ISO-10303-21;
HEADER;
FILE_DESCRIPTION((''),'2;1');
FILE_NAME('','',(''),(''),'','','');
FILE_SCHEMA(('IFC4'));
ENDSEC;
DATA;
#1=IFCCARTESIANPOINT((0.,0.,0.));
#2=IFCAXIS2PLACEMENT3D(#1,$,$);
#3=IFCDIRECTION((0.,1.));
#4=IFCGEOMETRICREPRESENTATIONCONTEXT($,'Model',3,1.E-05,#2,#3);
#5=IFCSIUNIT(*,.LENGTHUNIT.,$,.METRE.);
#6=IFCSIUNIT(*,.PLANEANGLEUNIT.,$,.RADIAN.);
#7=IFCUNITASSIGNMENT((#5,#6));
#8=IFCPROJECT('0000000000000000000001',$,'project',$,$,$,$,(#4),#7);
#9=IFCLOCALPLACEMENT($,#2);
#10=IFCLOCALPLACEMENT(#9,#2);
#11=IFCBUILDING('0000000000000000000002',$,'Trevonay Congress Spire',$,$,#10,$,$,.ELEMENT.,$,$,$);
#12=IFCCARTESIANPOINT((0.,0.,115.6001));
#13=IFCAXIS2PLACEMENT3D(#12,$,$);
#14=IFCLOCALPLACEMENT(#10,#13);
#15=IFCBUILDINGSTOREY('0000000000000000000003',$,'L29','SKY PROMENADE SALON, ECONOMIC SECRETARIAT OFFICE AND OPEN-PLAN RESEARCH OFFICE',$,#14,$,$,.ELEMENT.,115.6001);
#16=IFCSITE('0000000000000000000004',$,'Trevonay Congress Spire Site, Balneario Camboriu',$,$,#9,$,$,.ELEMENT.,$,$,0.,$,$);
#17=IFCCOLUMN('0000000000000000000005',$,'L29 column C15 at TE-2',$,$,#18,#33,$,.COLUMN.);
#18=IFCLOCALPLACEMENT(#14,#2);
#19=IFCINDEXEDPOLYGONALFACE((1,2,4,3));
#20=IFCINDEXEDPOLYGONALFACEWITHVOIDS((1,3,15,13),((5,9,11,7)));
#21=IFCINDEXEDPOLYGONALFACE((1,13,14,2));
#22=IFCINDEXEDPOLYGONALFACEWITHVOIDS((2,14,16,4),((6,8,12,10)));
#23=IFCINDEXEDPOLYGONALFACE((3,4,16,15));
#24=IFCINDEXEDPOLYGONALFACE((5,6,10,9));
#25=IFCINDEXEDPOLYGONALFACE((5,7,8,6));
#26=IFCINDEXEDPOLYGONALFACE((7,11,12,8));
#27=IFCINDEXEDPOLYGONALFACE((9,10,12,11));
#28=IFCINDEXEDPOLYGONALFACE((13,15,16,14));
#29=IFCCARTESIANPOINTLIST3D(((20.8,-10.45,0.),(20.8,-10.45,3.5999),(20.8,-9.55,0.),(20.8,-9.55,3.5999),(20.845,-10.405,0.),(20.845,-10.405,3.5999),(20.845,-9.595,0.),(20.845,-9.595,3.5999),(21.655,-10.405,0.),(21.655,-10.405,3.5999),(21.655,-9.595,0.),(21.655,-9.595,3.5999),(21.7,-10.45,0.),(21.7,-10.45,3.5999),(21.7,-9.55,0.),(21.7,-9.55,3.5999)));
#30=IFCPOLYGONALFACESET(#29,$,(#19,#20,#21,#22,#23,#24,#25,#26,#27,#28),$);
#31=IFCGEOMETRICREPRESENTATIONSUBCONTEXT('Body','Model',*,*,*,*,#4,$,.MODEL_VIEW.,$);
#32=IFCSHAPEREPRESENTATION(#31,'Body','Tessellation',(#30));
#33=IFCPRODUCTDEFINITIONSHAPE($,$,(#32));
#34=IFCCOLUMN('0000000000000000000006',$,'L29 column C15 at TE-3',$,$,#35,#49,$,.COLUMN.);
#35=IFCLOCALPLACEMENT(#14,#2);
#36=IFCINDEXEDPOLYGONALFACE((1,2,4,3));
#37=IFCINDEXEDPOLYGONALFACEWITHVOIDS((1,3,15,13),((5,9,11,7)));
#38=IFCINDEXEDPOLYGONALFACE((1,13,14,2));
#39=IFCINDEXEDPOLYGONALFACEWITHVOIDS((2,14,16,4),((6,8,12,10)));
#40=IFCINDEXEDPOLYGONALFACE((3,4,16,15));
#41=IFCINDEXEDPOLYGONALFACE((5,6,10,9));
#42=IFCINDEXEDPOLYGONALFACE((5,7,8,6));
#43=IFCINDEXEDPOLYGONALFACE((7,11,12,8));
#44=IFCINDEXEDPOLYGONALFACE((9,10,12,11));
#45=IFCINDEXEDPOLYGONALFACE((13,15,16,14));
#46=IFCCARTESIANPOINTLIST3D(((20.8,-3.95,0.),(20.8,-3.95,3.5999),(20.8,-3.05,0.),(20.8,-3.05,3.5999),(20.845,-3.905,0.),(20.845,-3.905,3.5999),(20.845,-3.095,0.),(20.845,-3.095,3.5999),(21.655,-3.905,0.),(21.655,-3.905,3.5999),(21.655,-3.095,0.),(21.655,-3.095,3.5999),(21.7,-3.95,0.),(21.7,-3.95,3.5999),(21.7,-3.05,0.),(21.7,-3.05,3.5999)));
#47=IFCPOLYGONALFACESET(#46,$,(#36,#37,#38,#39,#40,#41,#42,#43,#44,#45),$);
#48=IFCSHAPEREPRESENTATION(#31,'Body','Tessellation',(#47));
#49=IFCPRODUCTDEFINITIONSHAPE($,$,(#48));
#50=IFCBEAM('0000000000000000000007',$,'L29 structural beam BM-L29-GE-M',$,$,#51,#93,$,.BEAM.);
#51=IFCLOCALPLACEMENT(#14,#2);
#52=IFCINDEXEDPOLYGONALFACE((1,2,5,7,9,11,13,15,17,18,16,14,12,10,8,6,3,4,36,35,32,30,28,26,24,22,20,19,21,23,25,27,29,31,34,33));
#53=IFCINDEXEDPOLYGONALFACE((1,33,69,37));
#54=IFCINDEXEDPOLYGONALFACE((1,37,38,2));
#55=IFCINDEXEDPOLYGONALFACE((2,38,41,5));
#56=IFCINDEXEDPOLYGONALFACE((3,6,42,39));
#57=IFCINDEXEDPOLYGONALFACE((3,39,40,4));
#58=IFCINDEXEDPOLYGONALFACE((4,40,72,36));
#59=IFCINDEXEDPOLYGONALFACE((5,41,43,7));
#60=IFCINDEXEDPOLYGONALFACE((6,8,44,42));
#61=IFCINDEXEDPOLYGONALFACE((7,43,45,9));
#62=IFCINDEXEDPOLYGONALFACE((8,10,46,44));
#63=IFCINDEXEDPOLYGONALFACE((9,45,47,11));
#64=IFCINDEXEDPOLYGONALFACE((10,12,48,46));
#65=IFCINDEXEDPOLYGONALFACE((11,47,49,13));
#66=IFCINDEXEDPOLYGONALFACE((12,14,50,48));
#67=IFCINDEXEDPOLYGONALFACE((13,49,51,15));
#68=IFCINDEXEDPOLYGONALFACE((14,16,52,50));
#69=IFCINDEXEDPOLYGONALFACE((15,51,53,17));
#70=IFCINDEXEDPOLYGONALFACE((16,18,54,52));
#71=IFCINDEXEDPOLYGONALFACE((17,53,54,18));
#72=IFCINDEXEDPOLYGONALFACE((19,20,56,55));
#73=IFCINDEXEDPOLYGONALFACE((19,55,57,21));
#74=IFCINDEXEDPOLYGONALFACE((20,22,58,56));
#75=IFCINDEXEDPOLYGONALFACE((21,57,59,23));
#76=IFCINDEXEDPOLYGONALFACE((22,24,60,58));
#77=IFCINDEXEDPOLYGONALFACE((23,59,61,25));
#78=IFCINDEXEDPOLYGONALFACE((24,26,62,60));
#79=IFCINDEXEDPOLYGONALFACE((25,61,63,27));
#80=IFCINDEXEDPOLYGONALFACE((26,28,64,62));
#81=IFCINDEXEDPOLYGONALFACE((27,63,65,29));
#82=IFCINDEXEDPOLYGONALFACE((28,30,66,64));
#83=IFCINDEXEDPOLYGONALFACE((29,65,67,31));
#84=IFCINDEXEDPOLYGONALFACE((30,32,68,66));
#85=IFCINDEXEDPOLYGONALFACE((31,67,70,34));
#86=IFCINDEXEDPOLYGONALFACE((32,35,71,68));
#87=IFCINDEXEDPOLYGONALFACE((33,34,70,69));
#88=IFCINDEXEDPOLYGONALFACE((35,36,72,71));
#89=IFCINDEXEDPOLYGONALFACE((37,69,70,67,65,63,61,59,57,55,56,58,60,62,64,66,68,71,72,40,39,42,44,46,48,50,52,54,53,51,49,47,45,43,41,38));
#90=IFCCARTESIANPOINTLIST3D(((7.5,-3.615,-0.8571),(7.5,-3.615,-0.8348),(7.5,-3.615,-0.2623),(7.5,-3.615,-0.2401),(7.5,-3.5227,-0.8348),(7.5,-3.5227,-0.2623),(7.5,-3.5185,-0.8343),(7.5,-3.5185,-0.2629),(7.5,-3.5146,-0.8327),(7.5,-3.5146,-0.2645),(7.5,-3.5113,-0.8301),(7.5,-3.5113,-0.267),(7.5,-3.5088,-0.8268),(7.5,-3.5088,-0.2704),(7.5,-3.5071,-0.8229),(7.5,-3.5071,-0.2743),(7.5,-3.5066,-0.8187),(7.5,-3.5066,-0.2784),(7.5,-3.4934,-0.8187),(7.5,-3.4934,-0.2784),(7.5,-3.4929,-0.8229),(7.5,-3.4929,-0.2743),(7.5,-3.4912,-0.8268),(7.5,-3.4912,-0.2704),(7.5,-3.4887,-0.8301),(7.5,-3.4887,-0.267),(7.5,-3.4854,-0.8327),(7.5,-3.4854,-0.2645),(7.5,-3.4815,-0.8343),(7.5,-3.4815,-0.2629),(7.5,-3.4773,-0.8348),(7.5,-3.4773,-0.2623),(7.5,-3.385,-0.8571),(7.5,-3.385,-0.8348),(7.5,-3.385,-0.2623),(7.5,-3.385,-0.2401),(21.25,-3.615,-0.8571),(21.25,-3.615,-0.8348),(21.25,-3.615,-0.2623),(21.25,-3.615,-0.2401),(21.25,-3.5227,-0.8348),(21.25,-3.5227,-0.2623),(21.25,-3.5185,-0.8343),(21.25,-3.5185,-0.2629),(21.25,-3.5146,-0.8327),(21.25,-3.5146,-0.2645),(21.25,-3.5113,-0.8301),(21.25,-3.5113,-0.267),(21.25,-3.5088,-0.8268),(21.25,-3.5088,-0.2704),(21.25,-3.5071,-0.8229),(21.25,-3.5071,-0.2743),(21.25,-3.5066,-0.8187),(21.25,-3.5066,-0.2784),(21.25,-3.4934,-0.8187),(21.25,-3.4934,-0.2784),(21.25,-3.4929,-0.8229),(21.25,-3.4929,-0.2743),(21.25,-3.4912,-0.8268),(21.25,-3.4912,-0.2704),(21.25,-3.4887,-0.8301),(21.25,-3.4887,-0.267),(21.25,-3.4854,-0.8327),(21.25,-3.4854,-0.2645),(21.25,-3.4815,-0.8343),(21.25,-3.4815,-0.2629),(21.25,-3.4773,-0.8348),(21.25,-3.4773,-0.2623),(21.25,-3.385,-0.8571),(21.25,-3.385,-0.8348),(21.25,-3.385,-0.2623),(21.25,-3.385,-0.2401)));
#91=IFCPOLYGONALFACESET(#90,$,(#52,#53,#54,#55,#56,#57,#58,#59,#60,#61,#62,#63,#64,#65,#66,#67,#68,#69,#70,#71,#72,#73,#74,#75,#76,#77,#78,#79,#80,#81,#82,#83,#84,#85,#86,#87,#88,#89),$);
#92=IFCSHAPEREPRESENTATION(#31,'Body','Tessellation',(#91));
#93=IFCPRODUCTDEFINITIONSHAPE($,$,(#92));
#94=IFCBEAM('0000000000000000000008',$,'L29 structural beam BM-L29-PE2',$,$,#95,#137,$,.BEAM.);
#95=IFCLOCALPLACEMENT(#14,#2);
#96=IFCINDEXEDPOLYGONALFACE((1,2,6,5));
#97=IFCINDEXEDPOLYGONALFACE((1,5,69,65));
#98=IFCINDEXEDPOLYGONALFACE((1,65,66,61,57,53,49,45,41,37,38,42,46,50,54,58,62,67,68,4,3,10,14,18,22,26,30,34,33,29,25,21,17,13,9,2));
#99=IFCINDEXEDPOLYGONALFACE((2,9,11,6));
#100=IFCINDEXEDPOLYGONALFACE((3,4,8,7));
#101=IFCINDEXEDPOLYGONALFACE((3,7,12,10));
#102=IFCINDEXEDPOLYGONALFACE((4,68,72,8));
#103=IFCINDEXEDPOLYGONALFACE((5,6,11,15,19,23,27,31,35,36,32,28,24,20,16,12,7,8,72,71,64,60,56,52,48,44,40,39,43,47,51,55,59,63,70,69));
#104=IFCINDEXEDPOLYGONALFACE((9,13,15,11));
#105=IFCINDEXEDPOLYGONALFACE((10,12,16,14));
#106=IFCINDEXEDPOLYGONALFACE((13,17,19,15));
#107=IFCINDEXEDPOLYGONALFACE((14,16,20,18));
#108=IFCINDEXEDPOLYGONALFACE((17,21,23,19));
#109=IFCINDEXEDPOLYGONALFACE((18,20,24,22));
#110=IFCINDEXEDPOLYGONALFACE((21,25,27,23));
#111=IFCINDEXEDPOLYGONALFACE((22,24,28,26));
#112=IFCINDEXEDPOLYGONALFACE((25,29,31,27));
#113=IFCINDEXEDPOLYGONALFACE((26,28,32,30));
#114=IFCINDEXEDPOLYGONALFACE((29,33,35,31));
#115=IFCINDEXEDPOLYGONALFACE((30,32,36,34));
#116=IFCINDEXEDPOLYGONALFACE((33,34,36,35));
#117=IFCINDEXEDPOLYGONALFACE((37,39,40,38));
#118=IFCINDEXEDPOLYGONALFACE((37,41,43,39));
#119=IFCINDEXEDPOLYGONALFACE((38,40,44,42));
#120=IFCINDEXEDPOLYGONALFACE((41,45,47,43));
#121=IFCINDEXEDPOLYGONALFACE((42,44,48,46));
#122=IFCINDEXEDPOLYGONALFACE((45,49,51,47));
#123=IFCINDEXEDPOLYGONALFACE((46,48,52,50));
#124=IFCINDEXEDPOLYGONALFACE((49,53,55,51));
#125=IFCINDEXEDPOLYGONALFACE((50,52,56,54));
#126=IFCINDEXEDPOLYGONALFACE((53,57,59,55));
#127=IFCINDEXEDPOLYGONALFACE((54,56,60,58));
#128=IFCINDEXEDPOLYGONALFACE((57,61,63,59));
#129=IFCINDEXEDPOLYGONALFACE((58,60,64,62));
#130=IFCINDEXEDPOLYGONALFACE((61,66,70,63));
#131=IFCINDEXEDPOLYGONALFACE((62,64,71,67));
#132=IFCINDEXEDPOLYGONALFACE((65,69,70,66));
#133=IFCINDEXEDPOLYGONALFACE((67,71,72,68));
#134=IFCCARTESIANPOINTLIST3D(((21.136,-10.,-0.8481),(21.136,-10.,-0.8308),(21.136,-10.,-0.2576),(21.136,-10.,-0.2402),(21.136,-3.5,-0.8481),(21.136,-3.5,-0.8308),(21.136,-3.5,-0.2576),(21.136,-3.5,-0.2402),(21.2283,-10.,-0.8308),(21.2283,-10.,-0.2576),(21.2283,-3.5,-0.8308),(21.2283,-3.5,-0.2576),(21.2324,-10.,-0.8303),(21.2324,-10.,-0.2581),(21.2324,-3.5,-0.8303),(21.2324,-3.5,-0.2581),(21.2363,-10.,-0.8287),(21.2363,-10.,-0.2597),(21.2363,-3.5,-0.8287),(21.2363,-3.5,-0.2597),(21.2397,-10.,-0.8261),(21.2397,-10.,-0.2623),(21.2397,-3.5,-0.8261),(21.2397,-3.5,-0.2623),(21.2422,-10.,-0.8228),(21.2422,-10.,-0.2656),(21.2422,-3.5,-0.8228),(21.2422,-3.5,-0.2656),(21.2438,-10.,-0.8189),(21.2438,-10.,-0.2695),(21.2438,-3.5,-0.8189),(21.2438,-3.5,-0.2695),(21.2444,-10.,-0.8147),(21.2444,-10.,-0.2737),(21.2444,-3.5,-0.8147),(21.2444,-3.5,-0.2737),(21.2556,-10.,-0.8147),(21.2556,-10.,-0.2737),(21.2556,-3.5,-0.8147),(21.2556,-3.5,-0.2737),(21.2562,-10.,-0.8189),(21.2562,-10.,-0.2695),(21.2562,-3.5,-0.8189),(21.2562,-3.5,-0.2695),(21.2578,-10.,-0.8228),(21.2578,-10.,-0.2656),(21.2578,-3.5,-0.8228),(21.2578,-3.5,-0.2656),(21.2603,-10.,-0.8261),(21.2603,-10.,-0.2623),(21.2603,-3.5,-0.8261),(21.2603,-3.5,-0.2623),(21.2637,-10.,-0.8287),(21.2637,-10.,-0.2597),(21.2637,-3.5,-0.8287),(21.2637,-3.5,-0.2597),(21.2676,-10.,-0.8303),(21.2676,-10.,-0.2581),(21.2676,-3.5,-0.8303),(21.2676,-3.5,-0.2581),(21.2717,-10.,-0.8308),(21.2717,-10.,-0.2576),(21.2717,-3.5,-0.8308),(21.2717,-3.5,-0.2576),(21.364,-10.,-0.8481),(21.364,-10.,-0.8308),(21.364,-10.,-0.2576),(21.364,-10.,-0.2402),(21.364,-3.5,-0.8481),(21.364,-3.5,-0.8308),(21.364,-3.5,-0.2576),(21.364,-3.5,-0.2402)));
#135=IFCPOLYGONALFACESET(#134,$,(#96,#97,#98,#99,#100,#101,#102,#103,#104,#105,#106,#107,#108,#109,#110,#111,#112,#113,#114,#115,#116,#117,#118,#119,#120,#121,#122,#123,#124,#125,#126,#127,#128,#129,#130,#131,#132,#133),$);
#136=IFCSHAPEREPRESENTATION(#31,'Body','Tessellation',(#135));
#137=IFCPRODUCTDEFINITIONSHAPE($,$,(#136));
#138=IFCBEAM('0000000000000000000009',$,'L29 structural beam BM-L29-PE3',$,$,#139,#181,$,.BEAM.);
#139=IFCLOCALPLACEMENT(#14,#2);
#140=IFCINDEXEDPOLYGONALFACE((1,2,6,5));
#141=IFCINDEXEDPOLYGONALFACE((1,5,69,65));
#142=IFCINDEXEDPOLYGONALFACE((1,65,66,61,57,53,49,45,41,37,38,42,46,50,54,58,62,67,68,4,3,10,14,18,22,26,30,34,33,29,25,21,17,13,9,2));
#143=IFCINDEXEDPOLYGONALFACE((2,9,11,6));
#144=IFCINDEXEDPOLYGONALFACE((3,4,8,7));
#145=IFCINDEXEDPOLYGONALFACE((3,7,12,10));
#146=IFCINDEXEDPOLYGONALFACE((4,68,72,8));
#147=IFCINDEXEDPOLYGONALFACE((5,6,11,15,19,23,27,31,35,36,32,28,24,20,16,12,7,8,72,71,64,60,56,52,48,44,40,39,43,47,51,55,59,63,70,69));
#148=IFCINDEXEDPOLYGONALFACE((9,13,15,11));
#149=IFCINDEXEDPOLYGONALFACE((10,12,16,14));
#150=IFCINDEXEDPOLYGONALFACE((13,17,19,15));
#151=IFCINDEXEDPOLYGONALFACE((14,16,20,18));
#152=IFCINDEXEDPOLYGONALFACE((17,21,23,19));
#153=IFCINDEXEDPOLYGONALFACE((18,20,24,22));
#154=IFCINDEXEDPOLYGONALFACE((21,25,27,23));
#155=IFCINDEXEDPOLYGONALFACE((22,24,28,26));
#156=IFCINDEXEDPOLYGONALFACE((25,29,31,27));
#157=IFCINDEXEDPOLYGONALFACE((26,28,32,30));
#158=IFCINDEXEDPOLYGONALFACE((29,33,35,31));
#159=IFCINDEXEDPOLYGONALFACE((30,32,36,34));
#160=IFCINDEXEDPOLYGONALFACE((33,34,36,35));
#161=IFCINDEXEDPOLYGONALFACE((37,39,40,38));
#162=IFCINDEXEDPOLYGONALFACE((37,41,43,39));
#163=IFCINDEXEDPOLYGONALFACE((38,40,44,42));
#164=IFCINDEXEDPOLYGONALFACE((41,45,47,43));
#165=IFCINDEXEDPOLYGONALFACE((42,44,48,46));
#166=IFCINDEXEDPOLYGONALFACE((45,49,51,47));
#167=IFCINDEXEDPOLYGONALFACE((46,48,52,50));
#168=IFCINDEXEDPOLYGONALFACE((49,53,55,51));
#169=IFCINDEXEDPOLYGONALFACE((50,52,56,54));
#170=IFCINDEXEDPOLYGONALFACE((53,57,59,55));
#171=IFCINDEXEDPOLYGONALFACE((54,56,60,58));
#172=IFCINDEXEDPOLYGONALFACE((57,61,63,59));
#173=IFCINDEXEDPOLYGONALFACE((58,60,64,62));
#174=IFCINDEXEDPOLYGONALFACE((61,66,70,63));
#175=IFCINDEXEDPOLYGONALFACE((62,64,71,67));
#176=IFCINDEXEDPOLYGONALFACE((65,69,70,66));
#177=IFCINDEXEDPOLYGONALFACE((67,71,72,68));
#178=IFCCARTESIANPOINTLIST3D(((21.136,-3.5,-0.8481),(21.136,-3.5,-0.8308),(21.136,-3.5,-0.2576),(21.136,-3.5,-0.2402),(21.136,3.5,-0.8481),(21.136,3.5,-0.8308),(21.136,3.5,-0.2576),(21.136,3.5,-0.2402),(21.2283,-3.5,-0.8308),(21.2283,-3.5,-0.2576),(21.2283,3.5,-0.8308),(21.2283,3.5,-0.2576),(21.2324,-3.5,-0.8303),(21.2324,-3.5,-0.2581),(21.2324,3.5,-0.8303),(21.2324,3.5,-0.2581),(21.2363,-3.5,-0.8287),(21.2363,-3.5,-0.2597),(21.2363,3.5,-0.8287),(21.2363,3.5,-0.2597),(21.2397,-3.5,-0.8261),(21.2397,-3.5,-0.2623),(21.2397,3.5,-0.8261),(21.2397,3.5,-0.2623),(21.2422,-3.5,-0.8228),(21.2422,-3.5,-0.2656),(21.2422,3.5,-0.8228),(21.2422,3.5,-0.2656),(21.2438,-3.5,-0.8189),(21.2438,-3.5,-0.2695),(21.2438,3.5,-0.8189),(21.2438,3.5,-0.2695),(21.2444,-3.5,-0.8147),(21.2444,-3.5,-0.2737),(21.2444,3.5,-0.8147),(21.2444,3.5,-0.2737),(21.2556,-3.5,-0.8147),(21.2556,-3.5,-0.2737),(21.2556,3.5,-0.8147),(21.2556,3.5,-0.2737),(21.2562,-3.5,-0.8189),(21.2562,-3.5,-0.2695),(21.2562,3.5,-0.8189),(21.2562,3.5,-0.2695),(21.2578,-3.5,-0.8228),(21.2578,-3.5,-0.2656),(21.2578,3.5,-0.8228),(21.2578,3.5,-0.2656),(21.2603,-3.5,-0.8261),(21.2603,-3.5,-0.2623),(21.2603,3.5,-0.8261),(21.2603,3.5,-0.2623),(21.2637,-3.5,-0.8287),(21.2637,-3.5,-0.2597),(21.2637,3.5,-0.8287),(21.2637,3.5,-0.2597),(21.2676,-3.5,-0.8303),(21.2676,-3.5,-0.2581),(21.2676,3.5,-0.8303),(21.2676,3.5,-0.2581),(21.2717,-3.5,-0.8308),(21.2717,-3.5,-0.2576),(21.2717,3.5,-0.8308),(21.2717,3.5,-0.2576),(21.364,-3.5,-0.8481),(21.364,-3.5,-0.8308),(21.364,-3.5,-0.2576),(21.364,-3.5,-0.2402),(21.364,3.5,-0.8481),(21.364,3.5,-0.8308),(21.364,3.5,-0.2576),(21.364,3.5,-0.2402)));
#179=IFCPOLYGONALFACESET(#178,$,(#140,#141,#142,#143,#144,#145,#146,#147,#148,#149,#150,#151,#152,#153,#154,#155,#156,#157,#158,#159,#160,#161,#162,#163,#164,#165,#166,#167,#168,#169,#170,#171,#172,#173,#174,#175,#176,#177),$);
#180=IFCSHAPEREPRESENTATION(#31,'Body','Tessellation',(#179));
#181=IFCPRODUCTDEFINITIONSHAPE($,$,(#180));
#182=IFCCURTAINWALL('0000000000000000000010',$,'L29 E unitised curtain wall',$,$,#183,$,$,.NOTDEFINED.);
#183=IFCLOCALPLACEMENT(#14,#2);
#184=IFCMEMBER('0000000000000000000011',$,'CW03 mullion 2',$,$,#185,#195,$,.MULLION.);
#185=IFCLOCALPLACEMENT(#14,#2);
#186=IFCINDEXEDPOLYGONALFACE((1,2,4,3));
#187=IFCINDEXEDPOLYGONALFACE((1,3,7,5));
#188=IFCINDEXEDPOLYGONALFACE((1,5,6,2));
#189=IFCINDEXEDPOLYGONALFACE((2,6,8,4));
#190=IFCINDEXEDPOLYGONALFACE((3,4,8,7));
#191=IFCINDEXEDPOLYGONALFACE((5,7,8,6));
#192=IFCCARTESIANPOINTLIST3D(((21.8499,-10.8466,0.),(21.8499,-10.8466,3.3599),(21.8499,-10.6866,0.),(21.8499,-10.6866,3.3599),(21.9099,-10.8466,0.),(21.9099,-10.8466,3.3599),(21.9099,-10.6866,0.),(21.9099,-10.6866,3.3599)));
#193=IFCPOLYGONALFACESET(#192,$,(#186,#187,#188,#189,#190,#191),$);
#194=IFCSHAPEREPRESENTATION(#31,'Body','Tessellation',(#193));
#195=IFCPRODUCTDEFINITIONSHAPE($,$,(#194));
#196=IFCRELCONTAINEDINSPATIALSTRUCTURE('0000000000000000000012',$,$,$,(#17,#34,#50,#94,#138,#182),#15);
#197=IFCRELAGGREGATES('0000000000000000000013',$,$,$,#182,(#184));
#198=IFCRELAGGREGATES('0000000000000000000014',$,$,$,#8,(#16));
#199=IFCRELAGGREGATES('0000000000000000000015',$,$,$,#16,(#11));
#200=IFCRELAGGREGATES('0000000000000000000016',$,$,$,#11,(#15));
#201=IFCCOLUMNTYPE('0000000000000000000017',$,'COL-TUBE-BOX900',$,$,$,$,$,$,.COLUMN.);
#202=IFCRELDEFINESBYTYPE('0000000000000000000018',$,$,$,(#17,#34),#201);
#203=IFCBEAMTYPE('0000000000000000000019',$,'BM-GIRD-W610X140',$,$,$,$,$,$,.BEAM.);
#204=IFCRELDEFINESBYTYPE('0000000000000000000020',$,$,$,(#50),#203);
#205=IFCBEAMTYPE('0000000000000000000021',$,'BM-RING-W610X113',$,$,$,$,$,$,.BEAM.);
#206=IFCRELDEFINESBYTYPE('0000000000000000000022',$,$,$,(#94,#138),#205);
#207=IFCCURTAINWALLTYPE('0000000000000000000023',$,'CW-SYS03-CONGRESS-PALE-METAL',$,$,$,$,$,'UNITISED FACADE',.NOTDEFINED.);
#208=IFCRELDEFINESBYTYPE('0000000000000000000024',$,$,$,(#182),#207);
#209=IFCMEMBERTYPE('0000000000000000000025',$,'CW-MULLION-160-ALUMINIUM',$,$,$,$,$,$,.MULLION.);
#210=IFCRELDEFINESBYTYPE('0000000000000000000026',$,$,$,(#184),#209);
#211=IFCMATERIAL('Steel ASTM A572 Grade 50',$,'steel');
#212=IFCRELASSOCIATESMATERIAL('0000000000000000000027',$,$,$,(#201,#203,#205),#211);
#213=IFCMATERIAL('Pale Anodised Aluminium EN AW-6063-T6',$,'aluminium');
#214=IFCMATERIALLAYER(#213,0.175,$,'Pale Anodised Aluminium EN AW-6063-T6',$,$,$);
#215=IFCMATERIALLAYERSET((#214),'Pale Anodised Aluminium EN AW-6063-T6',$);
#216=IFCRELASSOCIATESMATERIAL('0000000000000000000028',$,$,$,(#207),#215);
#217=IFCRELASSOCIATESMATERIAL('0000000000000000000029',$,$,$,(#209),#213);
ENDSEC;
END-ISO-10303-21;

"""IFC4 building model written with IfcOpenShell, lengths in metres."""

from ifc_helpers import new_model, si_unit, direction, frame, origin, origin_2d, place, context, subcontext, project, spatial, rectangle, hollow_rectangle, i_section, extrude, material, layer, layer_set, material_profile, profile_set, type_object, element, aggregate, save


model = new_model("IFC4")

# Units and contexts
model_context = context("Model", 3, precision=1e-05, world=origin(), true_north=direction((0.0, 1.0)))
body_context = subcontext(model_context, "Body", "Model", "MODEL_VIEW")
ifc_project = project(units=[si_unit("LENGTHUNIT", "METRE"), si_unit("PLANEANGLEUNIT", "RADIAN")], contexts=[model_context])

# Site, building, storey
site_placement = place(None, origin())
site = spatial("IfcSite", under=ifc_project, at=site_placement, Name="Trevonay Congress Spire Site, Balneario Camboriu", CompositionType="ELEMENT", RefElevation=0.0)
building_placement = place(site_placement, origin())
building = spatial("IfcBuilding", under=site, at=building_placement, Name="Trevonay Congress Spire", CompositionType="ELEMENT")
storey_placement = place(building_placement, frame((0.0, 0.0, 115.6001)))
storey = spatial("IfcBuildingStorey", under=building, at=storey_placement, Name="L29", Description="SKY PROMENADE SALON, ECONOMIC SECRETARIAT OFFICE AND OPEN-PLAN RESEARCH OFFICE", CompositionType="ELEMENT", Elevation=115.6001)

# Columns
ifc_material_1 = material(Name="Steel ASTM A572 Grade 50", Category="steel")
ifc_material_profile_1 = material_profile(ifc_material_1, hollow_rectangle(XDim=0.8999, YDim=0.8999, WallThickness=0.0449, at=origin_2d()), Name="BOX 900x900x45")
ifc_profile_set_1 = profile_set([ifc_material_profile_1], Name="Steel ASTM A572 Grade 50")
column_type = type_object("IfcColumnType", Name="COL-TUBE-BOX900", PredefinedType="COLUMN", material=ifc_profile_set_1)
for number, where, z_axis, x_axis, name in (
    (1, (21.25, -10.0, 0.0), (0.0, 0.0, 1.0), (1.0, 0.0, 0.0), "L29 column C15 at TE-2"),
    (2, (21.25, -3.5, 0.0), (0.0, 0.0, 1.0), (1.0, 0.0, 0.0), "L29 column C15 at TE-3"),
):
    element("IfcColumn", number, at=place(storey_placement, frame(where, z_axis=z_axis, x_axis=x_axis)), inside=storey, type_object=column_type, Name=name, PredefinedType="COLUMN", context=body_context, shape_type="SweptSolid", body=[
        extrude(hollow_rectangle(XDim=0.8999, YDim=0.8999, WallThickness=0.0449, at=origin_2d()), origin(), (0.0, 0.0, 1.0), 3.5999),
    ])

# Beams
ifc_material_profile_2 = material_profile(ifc_material_1, i_section(OverallWidth=0.23, OverallDepth=0.6169, WebThickness=0.0132, FlangeThickness=0.0222, FilletRadius=0.0161, at=origin_2d()), Name="W610x140")
ifc_profile_set_2 = profile_set([ifc_material_profile_2], Name="Steel ASTM A572 Grade 50")
beam_type_1 = type_object("IfcBeamType", Name="BM-GIRD-W610X140", PredefinedType="BEAM", material=ifc_profile_set_2)
beam_1_placement = place(storey_placement, frame((7.5, -3.5, -0.5486), z_axis=(1.0, 0.0, 0.0), x_axis=(0.0, 1.0, 0.0)))
element("IfcBeam", 3, at=beam_1_placement, inside=storey, type_object=beam_type_1, Name="L29 structural beam BM-L29-GE-M", PredefinedType="BEAM", context=body_context, shape_type="SweptSolid", body=[
    extrude(i_section(OverallWidth=0.23, OverallDepth=0.6169, WebThickness=0.0132, FlangeThickness=0.0222, FilletRadius=0.0161, at=origin_2d()), origin(), (0.0, 0.0, 1.0), 13.75),
])
ifc_material_profile_3 = material_profile(ifc_material_1, i_section(OverallWidth=0.228, OverallDepth=0.6079, WebThickness=0.0112, FlangeThickness=0.0173, FilletRadius=0.0161, at=origin_2d()), Name="W610x113")
ifc_profile_set_3 = profile_set([ifc_material_profile_3], Name="Steel ASTM A572 Grade 50")
beam_type_2 = type_object("IfcBeamType", Name="BM-RING-W610X113", PredefinedType="BEAM", material=ifc_profile_set_3)
beam_2_placement = place(storey_placement, frame((21.25, -10.0, -0.5442), z_axis=(0.0, 1.0, 0.0), x_axis=(-1.0, 0.0, 0.0)))
element("IfcBeam", 4, at=beam_2_placement, inside=storey, type_object=beam_type_2, Name="L29 structural beam BM-L29-PE2", PredefinedType="BEAM", context=body_context, shape_type="SweptSolid", body=[
    extrude(i_section(OverallWidth=0.228, OverallDepth=0.6079, WebThickness=0.0112, FlangeThickness=0.0173, FilletRadius=0.0161, at=origin_2d()), origin(), (0.0, 0.0, 1.0), 6.5),
])
beam_3_placement = place(storey_placement, frame((21.25, -3.5, -0.5442), z_axis=(0.0, 1.0, 0.0), x_axis=(-1.0, 0.0, 0.0)))
element("IfcBeam", 5, at=beam_3_placement, inside=storey, type_object=beam_type_2, Name="L29 structural beam BM-L29-PE3", PredefinedType="BEAM", context=body_context, shape_type="SweptSolid", body=[
    extrude(i_section(OverallWidth=0.228, OverallDepth=0.6079, WebThickness=0.0112, FlangeThickness=0.0173, FilletRadius=0.0161, at=origin_2d()), origin(), (0.0, 0.0, 1.0), 7.0),
])

# Curtain wall, member
ifc_material_2 = material(Name="Pale Anodised Aluminium EN AW-6063-T6", Category="aluminium")
ifc_layer_1 = layer(ifc_material_2, 0.175, Name="Pale Anodised Aluminium EN AW-6063-T6")
ifc_layer_set_1 = layer_set([ifc_layer_1], Name="Pale Anodised Aluminium EN AW-6063-T6")
curtain_wall_type = type_object("IfcCurtainWallType", Name="CW-SYS03-CONGRESS-PALE-METAL", ElementType="UNITISED FACADE", PredefinedType="NOTDEFINED", material=ifc_layer_set_1)
curtain_wall_placement = place(storey_placement, origin())
curtain_wall = element("IfcCurtainWall", 6, at=curtain_wall_placement, inside=storey, type_object=curtain_wall_type, Name="L29 E unitised curtain wall", PredefinedType="NOTDEFINED")
ifc_material_profile_4 = material_profile(ifc_material_2, rectangle(XDim=0.0601, YDim=0.1599, at=origin_2d()), Name="CW-MULLION-160-ALUMINIUM")
ifc_profile_set_4 = profile_set([ifc_material_profile_4], Name="Pale Anodised Aluminium EN AW-6063-T6")
member_type_1 = type_object("IfcMemberType", Name="CW-MULLION-160-ALUMINIUM", PredefinedType="MULLION", material=ifc_profile_set_4)
member_1_placement = place(storey_placement, frame((21.8799, -10.7666, 0.0), z_axis=(0.0, 0.0, 1.0), x_axis=(-1.0, 0.0, 0.0)))
member_1 = element("IfcMember", 7, at=member_1_placement, type_object=member_type_1, Name="CW03 mullion 2", PredefinedType="MULLION", context=body_context, shape_type="SweptSolid", body=[
    extrude(rectangle(XDim=0.0601, YDim=0.1599, at=origin_2d()), origin(), (0.0, 0.0, 1.0), 3.3599),
])

aggregate(curtain_wall, [member_1])

save(model, "model.ifc")
